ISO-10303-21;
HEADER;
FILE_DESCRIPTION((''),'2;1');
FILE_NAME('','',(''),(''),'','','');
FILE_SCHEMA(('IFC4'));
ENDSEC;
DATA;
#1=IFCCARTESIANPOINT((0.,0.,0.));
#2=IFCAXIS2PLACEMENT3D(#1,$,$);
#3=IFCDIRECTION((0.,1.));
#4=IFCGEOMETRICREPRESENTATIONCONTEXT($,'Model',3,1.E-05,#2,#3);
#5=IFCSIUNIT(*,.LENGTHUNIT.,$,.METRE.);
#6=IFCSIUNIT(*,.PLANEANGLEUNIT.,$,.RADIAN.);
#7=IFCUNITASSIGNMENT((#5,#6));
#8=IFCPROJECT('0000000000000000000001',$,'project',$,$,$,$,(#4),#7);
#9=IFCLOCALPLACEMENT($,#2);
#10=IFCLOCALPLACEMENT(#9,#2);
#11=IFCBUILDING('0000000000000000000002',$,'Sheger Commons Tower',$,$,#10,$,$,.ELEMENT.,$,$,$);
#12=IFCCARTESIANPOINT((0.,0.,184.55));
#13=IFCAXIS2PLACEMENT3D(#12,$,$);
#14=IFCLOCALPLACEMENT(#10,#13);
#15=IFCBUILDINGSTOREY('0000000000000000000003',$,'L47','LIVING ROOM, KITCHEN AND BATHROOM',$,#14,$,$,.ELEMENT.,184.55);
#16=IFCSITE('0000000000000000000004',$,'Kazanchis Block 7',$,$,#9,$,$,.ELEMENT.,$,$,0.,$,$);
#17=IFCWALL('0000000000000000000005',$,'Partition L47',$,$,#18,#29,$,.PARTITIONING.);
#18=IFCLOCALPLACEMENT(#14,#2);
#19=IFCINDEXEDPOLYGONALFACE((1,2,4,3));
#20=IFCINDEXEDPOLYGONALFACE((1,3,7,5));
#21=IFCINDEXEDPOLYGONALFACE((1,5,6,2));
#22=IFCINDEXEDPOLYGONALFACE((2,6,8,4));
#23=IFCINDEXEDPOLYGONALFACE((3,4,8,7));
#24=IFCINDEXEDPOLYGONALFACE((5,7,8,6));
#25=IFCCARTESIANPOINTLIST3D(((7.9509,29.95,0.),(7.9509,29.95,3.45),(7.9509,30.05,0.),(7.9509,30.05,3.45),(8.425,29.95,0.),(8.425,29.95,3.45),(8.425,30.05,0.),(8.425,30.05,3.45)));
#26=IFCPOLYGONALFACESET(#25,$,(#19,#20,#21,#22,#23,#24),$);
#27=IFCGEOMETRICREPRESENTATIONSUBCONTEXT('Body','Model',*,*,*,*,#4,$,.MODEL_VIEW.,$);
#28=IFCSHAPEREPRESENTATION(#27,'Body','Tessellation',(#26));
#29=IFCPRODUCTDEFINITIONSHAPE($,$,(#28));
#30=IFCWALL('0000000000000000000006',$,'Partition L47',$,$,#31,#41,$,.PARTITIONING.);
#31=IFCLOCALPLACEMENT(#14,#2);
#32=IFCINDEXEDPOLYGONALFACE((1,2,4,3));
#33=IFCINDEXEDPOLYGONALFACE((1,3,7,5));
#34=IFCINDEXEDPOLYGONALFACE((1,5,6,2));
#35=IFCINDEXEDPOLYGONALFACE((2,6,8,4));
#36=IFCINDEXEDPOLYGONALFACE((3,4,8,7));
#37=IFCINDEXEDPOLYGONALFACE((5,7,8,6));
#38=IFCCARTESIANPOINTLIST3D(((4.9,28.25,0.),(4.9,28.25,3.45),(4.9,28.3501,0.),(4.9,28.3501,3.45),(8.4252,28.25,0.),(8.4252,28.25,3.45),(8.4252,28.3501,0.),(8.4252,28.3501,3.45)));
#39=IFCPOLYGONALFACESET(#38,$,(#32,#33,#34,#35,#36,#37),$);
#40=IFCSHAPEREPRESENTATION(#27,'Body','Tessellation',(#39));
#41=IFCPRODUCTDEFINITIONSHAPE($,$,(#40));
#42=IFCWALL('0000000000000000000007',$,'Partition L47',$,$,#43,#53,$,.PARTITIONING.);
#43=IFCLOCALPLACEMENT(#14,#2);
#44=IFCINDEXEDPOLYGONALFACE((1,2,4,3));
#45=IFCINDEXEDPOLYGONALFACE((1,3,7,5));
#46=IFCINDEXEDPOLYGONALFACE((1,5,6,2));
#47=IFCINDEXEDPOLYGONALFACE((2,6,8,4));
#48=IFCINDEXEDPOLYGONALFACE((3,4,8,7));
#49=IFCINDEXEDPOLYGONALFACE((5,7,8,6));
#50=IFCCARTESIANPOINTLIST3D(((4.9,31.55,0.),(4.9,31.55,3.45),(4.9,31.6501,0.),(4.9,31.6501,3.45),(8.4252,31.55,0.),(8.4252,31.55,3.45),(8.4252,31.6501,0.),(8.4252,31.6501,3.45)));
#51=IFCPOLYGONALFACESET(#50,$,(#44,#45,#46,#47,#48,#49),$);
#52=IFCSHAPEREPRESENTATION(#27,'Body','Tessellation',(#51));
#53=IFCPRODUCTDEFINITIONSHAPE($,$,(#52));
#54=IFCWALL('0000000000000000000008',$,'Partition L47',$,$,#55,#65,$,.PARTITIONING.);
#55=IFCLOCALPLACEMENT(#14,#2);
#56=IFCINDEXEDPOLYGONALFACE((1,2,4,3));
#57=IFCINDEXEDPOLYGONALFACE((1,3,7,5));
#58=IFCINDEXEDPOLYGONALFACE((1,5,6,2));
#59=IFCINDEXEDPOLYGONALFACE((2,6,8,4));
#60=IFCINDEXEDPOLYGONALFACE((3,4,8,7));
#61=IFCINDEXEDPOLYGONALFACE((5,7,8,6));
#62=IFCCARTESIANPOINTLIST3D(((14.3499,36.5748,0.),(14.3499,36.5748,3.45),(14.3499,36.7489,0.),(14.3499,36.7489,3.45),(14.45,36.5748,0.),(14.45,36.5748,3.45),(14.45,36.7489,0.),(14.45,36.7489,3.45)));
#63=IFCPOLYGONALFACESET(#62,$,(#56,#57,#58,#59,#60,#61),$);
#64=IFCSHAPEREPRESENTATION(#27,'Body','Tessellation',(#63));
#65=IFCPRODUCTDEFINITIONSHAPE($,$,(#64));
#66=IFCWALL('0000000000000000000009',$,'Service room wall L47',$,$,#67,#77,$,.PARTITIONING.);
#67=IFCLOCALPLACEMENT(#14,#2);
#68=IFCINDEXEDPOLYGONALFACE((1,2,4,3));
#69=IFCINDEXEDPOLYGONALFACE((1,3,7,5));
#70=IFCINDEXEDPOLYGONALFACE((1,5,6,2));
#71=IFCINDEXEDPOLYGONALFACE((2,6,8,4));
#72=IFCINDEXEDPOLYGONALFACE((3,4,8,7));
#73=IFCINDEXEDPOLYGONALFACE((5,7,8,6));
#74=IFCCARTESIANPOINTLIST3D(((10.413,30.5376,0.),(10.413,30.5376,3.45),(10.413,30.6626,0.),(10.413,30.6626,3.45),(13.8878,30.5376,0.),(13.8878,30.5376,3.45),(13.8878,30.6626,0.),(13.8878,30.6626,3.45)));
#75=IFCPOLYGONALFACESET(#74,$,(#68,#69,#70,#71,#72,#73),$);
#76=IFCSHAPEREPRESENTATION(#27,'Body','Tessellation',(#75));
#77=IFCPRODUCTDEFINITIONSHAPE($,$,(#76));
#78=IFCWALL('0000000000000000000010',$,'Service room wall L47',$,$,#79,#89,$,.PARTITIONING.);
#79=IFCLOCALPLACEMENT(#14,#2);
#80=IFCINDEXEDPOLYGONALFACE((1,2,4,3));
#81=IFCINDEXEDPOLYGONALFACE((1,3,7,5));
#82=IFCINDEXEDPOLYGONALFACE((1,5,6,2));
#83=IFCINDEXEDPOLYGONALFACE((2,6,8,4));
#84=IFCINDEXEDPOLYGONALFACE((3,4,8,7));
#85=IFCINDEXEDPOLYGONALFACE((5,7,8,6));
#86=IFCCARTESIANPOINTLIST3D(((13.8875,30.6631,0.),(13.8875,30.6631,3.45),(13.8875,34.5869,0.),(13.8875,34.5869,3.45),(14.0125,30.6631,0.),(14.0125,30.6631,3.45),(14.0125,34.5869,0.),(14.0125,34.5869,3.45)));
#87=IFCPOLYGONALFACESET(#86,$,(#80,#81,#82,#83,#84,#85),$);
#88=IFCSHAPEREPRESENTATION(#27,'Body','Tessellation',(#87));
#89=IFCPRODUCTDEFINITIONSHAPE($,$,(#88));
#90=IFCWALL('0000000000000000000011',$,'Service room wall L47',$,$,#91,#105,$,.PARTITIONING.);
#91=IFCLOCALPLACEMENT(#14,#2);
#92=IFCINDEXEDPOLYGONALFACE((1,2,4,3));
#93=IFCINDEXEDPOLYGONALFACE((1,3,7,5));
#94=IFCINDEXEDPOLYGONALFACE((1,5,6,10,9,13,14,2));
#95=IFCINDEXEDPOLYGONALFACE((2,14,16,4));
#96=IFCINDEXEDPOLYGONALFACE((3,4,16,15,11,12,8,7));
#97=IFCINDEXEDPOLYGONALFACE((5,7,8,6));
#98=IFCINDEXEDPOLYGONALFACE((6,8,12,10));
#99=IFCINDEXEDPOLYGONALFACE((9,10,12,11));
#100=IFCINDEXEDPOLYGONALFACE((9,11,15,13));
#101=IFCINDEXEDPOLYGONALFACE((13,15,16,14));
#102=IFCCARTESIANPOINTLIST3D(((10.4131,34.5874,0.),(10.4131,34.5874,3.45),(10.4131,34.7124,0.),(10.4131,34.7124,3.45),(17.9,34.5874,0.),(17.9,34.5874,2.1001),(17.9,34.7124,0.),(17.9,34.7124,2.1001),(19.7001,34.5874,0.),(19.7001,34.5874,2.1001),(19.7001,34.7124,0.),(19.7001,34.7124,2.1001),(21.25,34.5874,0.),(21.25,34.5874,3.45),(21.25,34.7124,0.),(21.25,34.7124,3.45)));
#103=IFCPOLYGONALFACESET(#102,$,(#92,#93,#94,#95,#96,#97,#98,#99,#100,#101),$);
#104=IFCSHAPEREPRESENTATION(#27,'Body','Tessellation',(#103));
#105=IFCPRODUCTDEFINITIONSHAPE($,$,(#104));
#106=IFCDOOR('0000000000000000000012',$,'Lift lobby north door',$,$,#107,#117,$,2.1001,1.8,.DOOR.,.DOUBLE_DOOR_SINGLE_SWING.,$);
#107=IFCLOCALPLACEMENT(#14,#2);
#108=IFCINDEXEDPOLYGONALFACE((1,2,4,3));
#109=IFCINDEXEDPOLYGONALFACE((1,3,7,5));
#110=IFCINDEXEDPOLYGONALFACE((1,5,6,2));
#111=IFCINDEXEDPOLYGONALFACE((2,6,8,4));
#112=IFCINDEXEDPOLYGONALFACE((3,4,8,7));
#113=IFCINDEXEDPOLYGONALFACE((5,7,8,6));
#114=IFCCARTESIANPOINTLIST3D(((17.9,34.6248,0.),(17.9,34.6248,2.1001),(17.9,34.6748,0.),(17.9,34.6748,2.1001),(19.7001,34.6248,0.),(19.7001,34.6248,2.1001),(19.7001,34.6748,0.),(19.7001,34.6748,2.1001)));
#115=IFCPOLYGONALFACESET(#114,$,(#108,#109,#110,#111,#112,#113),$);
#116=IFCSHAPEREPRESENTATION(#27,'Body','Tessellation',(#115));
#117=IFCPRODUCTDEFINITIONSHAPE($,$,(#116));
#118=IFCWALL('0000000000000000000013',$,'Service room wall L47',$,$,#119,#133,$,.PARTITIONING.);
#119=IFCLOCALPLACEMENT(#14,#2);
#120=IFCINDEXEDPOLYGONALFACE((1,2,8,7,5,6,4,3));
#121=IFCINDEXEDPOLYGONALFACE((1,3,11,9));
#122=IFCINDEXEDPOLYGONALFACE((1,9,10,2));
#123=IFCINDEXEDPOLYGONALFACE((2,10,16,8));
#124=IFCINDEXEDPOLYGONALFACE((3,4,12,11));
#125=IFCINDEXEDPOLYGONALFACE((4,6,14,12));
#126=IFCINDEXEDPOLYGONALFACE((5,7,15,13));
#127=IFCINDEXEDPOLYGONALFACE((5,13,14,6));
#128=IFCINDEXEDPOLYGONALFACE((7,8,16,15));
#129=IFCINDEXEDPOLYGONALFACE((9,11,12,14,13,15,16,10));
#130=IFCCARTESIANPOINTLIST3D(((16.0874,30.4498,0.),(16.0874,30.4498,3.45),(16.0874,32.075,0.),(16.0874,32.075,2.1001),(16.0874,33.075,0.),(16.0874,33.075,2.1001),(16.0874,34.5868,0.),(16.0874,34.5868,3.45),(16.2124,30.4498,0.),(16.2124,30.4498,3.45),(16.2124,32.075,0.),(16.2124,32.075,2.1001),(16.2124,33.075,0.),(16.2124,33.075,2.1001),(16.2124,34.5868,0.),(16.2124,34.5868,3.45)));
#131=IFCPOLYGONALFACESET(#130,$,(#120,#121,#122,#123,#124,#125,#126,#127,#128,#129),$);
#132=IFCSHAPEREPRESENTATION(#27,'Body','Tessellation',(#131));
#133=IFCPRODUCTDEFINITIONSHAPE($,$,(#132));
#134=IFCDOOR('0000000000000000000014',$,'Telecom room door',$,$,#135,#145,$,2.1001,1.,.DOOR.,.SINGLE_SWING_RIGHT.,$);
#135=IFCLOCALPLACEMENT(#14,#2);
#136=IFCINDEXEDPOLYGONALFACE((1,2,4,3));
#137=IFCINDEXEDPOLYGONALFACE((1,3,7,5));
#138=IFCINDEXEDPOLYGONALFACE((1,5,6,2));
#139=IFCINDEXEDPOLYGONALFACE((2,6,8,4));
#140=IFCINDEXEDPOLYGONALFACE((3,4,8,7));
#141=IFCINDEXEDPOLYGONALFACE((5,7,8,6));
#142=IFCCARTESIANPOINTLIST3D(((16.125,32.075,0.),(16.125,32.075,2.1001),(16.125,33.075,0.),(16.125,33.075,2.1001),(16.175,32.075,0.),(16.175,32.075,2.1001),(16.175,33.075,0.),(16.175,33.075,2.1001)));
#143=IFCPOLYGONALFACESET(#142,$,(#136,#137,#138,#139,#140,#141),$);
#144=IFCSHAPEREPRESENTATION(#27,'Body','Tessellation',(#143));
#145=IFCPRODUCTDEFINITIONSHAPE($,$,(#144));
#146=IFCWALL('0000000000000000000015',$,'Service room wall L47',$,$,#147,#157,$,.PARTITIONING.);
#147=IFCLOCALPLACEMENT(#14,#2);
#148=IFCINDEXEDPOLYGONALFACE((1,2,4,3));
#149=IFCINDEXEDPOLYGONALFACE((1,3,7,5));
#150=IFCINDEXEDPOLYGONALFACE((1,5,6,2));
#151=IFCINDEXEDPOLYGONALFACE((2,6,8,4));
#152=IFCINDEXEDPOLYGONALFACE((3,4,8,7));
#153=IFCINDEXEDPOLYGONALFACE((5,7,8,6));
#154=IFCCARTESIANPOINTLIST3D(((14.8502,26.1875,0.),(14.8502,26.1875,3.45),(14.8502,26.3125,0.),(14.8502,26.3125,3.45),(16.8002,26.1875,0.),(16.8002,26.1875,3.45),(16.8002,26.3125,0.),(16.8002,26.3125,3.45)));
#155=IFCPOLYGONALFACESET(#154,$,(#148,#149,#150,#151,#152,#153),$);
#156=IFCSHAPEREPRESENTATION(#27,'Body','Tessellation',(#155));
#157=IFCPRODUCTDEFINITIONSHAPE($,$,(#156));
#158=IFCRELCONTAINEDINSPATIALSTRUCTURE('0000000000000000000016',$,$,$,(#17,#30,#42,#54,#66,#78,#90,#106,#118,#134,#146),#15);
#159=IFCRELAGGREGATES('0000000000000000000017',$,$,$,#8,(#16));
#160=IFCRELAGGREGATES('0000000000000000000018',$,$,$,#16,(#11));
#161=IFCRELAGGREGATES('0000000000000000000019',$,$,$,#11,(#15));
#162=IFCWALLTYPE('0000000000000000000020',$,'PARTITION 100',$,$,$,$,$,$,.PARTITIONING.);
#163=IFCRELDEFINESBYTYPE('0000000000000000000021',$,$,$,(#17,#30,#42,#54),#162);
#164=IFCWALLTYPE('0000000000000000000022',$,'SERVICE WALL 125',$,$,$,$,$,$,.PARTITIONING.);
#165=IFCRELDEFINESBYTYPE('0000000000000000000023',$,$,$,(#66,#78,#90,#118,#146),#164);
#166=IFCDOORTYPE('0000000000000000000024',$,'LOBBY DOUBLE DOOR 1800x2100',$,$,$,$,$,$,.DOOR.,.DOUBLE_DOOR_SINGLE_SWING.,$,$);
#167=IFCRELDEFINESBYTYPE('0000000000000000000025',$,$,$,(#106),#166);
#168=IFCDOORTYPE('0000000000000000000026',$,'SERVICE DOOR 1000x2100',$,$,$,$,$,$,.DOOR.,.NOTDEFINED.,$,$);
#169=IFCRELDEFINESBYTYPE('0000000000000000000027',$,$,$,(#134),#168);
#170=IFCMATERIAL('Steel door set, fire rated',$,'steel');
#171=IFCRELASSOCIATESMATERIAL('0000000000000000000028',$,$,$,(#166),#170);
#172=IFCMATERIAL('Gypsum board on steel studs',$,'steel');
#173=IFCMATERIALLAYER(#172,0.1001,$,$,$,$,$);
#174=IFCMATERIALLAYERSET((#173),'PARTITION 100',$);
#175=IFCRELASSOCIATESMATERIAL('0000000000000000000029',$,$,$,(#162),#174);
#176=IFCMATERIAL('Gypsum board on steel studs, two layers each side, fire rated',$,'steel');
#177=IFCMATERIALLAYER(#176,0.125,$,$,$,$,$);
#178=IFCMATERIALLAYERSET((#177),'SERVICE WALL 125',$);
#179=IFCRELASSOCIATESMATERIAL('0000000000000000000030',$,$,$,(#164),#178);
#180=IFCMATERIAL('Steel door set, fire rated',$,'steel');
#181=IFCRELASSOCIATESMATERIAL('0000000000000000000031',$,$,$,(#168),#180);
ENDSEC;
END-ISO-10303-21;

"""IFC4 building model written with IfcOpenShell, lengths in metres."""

from ifc_helpers import new_model, si_unit, direction, frame, frame_2d, origin, place, context, subcontext, project, spatial, rectangle, extrude, material, layer, layer_set, type_object, element, fill, save


model = new_model("IFC4")

# Units and contexts
model_context = context("Model", 3, precision=1e-05, world=origin(), true_north=direction((0.0, 1.0)))
body_context = subcontext(model_context, "Body", "Model", "MODEL_VIEW")
ifc_project = project(units=[si_unit("LENGTHUNIT", "METRE"), si_unit("PLANEANGLEUNIT", "RADIAN")], contexts=[model_context])

# Site, building, storey
site_placement = place(None, origin())
site = spatial("IfcSite", under=ifc_project, at=site_placement, Name="Kazanchis Block 7", CompositionType="ELEMENT", RefElevation=0.0)
building_placement = place(site_placement, origin())
building = spatial("IfcBuilding", under=site, at=building_placement, Name="Sheger Commons Tower", CompositionType="ELEMENT")
storey_placement = place(building_placement, frame((0.0, 0.0, 184.55)))
storey = spatial("IfcBuildingStorey", under=building, at=storey_placement, Name="L47", Description="LIVING ROOM, KITCHEN AND BATHROOM", CompositionType="ELEMENT", Elevation=184.55)

# Shared definitions
ifc_material_1 = material(Name="Steel door set, fire rated", Category="steel")
door_type_1 = type_object("IfcDoorType", Name="LOBBY DOUBLE DOOR 1800x2100", OperationType="DOUBLE_DOOR_SINGLE_SWING", PredefinedType="DOOR", material=ifc_material_1)

# Walls
ifc_material_2 = material(Name="Gypsum board on steel studs", Category="steel")
ifc_layer_1 = layer(ifc_material_2, 0.1001)
ifc_layer_set_1 = layer_set([ifc_layer_1], Name="PARTITION 100")
wall_type_1 = type_object("IfcWallType", Name="PARTITION 100", PredefinedType="PARTITIONING", material=ifc_layer_set_1)
wall_1_placement = place(storey_placement, frame((7.9509, 30.0, 0.0), z_axis=(0.0, 0.0, 1.0), x_axis=(1.0, 0.0, 0.0)))
element("IfcWall", 1, at=wall_1_placement, inside=storey, type_object=wall_type_1, Name="Partition L47", PredefinedType="PARTITIONING", context=body_context, shape_type="SweptSolid", body=[
    extrude(rectangle(XDim=0.4741, YDim=0.1001, at=frame_2d((0.2371, 0.0))), origin(), (0.0, 0.0, 1.0), 3.45),
])
for number, where, z_axis, x_axis, name in (
    (2, (4.8999, 28.3, 0.0), (0.0, 0.0, 1.0), (1.0, 0.0, 0.0), "Partition L47"),
    (3, (4.8999, 31.6001, 0.0), (0.0, 0.0, 1.0), (1.0, 0.0, 0.0), "Partition L47"),
):
    element("IfcWall", number, at=place(storey_placement, frame(where, z_axis=z_axis, x_axis=x_axis)), inside=storey, type_object=wall_type_1, Name=name, PredefinedType="PARTITIONING", context=body_context, shape_type="SweptSolid", body=[
        extrude(rectangle(XDim=3.5251, YDim=0.1001, at=frame_2d((1.7627, 0.0))), origin(), (0.0, 0.0, 1.0), 3.45),
    ])
wall_2_placement = place(storey_placement, frame((14.3999, 36.575, 0.0), z_axis=(0.0, 0.0, 1.0), x_axis=(0.0, 1.0, 0.0)))
element("IfcWall", 4, at=wall_2_placement, inside=storey, type_object=wall_type_1, Name="Partition L47", PredefinedType="PARTITIONING", context=body_context, shape_type="SweptSolid", body=[
    extrude(rectangle(XDim=0.1741, YDim=0.1001, at=frame_2d((0.0869, 0.0))), origin(), (0.0, 0.0, 1.0), 3.45),
])
ifc_material_3 = material(Name="Gypsum board on steel studs, two layers each side, fire rated", Category="steel")
ifc_layer_2 = layer(ifc_material_3, 0.125)
ifc_layer_set_2 = layer_set([ifc_layer_2], Name="SERVICE WALL 125")
wall_type_2 = type_object("IfcWallType", Name="SERVICE WALL 125", PredefinedType="PARTITIONING", material=ifc_layer_set_2)
wall_3_placement = place(storey_placement, frame((10.4131, 30.6001, 0.0), z_axis=(0.0, 0.0, 1.0), x_axis=(1.0, 0.0, 0.0)))
element("IfcWall", 5, at=wall_3_placement, inside=storey, type_object=wall_type_2, Name="Service room wall L47", PredefinedType="PARTITIONING", context=body_context, shape_type="SweptSolid", body=[
    extrude(rectangle(XDim=3.4749, YDim=0.125, at=frame_2d((1.7373, 0.0))), origin(), (0.0, 0.0, 1.0), 3.45),
])
wall_4_placement = place(storey_placement, frame((13.95, 30.6631, 0.0), z_axis=(0.0, 0.0, 1.0), x_axis=(0.0, 1.0, 0.0)))
element("IfcWall", 6, at=wall_4_placement, inside=storey, type_object=wall_type_2, Name="Service room wall L47", PredefinedType="PARTITIONING", context=body_context, shape_type="SweptSolid", body=[
    extrude(rectangle(XDim=3.9238, YDim=0.125, at=frame_2d((1.9619, 0.0))), origin(), (0.0, 0.0, 1.0), 3.45),
])

# Walls, openings, doors
wall_5_placement = place(storey_placement, frame((10.4131, 34.6499, 0.0), z_axis=(0.0, 0.0, 1.0), x_axis=(1.0, 0.0, 0.0)))
wall_5 = element("IfcWall", 7, at=wall_5_placement, inside=storey, type_object=wall_type_2, Name="Service room wall L47", PredefinedType="PARTITIONING", context=body_context, shape_type="SweptSolid", body=[
    extrude(rectangle(XDim=10.8369, YDim=0.125, at=frame_2d((5.4185, 0.0))), origin(), (0.0, 0.0, 1.0), 3.45),
])
opening_1_placement = place(wall_5_placement, frame((7.4871, 0.0, 0.0)))
opening_1 = element("IfcOpeningElement", 8, at=opening_1_placement, cuts=wall_5, PredefinedType="OPENING", context=body_context, shape_type="SweptSolid", body=[
    extrude(rectangle(XDim=1.8, YDim=2.1001, at=frame_2d((0.8999, 1.05))), frame((0.0, 0.0725, 0.0), z_axis=(0.0, -1.0, 0.0), x_axis=(1.0, 0.0, 0.0)), (0.0, 0.0, 1.0), 0.145),
])
door_1_placement = place(opening_1_placement, origin())
door_1 = element("IfcDoor", 9, at=door_1_placement, inside=storey, type_object=door_type_1, Name="Lift lobby north door", OperationType="DOUBLE_DOOR_SINGLE_SWING", OverallHeight=2.1001, OverallWidth=1.8, PredefinedType="DOOR", context=body_context, shape_type="SweptSolid", body=[
    extrude(rectangle(XDim=1.8, YDim=2.1001, at=frame_2d((0.8999, 1.05))), frame((0.0, 0.0249, 0.0), z_axis=(0.0, -1.0, 0.0), x_axis=(1.0, 0.0, 0.0)), (0.0, 0.0, 1.0), 0.05),
])
fill(opening_1, door_1)
wall_6_placement = place(storey_placement, frame((16.1499, 30.45, 0.0), z_axis=(0.0, 0.0, 1.0), x_axis=(0.0, 1.0, 0.0)))
wall_6 = element("IfcWall", 10, at=wall_6_placement, inside=storey, type_object=wall_type_2, Name="Service room wall L47", PredefinedType="PARTITIONING", context=body_context, shape_type="SweptSolid", body=[
    extrude(rectangle(XDim=4.137, YDim=0.125, at=frame_2d((2.0684, 0.0))), origin(), (0.0, 0.0, 1.0), 3.45),
])
opening_2_placement = place(wall_6_placement, frame((1.625, 0.0, 0.0)))
opening_2 = element("IfcOpeningElement", 11, at=opening_2_placement, cuts=wall_6, PredefinedType="OPENING", context=body_context, shape_type="SweptSolid", body=[
    extrude(rectangle(XDim=1.0, YDim=2.1001, at=frame_2d((0.5, 1.05))), frame((0.0, 0.0725, 0.0), z_axis=(0.0, -1.0, 0.0), x_axis=(1.0, 0.0, 0.0)), (0.0, 0.0, 1.0), 0.145),
])
ifc_material_4 = material(Name="Steel door set, fire rated", Category="steel")
door_type_2 = type_object("IfcDoorType", Name="SERVICE DOOR 1000x2100", OperationType="NOTDEFINED", PredefinedType="DOOR", material=ifc_material_4)
door_2_placement = place(opening_2_placement, origin())
door_2 = element("IfcDoor", 12, at=door_2_placement, inside=storey, type_object=door_type_2, Name="Telecom room door", OperationType="SINGLE_SWING_RIGHT", OverallHeight=2.1001, OverallWidth=1.0, PredefinedType="DOOR", context=body_context, shape_type="SweptSolid", body=[
    extrude(rectangle(XDim=1.0, YDim=2.1001, at=frame_2d((0.5, 1.05))), frame((0.0, 0.0249, 0.0), z_axis=(0.0, -1.0, 0.0), x_axis=(1.0, 0.0, 0.0)), (0.0, 0.0, 1.0), 0.05),
])
fill(opening_2, door_2)

# Wall
wall_7_placement = place(storey_placement, frame((14.8501, 26.25, 0.0), z_axis=(0.0, 0.0, 1.0), x_axis=(1.0, 0.0, 0.0)))
element("IfcWall", 13, at=wall_7_placement, inside=storey, type_object=wall_type_2, Name="Service room wall L47", PredefinedType="PARTITIONING", context=body_context, shape_type="SweptSolid", body=[
    extrude(rectangle(XDim=1.95, YDim=0.125, at=frame_2d((0.9751, 0.0))), origin(), (0.0, 0.0, 1.0), 3.45),
])

save(model, "model.ifc")
